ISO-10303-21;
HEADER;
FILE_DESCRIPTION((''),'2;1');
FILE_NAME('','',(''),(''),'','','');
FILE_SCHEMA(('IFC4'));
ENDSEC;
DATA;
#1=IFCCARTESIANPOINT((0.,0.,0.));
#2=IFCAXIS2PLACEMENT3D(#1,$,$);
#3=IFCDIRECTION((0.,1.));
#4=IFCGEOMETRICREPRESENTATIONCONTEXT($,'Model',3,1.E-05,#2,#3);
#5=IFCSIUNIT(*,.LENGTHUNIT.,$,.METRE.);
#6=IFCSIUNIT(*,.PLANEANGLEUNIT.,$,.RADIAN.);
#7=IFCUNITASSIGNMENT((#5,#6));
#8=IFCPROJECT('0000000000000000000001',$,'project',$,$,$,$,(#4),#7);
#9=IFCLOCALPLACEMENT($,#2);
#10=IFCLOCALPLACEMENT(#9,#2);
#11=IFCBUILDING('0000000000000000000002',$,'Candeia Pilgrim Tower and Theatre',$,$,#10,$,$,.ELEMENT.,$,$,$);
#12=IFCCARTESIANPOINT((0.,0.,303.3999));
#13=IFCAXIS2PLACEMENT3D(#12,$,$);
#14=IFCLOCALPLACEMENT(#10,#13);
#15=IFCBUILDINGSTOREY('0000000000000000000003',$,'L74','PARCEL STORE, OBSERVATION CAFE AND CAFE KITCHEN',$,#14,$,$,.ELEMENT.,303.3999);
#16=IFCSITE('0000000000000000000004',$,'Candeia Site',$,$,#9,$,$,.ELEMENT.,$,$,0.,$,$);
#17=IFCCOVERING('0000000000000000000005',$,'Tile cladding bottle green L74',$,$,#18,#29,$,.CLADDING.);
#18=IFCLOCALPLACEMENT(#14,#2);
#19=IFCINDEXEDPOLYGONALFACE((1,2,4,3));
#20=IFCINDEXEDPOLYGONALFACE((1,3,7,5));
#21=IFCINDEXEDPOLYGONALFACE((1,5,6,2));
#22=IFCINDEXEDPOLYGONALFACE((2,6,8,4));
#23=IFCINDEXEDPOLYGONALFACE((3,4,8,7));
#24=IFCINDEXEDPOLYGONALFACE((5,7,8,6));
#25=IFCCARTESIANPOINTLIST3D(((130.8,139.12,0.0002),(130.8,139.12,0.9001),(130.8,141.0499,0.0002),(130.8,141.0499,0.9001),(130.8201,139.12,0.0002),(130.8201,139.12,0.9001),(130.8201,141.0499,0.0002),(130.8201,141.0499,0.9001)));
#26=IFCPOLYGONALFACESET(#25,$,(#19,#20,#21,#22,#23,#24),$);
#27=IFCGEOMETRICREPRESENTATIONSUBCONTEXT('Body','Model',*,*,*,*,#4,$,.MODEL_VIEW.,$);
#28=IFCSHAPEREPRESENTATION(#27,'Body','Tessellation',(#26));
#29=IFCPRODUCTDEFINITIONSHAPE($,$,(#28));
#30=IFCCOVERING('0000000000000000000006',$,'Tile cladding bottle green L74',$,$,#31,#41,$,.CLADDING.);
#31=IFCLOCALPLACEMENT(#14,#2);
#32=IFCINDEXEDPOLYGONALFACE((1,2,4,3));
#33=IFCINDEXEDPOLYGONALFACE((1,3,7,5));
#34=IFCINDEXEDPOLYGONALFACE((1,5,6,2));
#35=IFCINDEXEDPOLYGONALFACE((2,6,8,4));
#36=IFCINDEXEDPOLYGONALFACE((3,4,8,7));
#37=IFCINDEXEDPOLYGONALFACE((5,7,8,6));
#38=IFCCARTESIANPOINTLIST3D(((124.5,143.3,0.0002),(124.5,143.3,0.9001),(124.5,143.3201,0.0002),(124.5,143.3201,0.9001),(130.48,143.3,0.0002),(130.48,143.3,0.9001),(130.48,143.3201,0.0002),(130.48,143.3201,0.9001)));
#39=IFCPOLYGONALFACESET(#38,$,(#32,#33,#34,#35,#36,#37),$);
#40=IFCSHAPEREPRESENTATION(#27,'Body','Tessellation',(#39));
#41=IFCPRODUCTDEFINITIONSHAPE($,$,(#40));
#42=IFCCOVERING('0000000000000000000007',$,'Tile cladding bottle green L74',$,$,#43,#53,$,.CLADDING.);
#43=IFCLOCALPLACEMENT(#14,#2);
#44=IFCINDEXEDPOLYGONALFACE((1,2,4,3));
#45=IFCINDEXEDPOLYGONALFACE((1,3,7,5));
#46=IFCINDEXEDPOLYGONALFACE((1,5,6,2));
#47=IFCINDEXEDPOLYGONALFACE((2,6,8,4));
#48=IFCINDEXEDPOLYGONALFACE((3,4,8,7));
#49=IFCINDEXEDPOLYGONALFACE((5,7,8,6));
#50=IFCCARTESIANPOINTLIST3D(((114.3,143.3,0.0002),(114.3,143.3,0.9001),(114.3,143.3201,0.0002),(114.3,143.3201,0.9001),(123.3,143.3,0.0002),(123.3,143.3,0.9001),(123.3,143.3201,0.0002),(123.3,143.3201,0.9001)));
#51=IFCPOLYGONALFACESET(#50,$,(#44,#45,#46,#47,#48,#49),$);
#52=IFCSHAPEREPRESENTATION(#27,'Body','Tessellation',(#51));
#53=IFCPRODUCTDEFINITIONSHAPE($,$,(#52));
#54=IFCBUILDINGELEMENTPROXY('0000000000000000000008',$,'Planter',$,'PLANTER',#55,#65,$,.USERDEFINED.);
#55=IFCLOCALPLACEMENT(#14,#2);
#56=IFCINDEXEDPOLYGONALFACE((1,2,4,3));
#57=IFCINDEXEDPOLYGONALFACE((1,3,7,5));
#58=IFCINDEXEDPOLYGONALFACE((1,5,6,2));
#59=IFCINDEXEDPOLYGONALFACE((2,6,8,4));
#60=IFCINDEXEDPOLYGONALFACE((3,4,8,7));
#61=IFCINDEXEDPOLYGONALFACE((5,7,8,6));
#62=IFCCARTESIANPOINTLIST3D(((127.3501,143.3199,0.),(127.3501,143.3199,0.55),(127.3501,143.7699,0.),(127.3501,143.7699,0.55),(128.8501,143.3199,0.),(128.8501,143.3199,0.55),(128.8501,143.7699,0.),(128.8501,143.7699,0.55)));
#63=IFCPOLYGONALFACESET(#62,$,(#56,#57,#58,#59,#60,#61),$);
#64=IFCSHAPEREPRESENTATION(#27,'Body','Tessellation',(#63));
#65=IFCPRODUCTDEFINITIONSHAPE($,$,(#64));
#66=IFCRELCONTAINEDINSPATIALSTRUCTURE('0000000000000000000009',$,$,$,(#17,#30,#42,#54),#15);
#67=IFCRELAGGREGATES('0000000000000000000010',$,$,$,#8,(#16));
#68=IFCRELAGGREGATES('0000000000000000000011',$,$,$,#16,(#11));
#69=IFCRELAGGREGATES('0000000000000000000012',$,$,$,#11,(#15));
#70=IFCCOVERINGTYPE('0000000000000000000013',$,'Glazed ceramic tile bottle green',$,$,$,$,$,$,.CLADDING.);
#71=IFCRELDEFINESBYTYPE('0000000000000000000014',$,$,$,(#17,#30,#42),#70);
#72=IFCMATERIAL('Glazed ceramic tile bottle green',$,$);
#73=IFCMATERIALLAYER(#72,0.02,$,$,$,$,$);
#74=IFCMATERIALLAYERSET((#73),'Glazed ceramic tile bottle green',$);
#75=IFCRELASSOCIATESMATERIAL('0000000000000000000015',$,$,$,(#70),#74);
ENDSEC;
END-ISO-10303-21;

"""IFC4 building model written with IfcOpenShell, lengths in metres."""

from ifc_helpers import new_model, si_unit, direction, frame, origin, origin_2d, place, context, subcontext, project, spatial, rectangle, extrude, material, layer, layer_set, type_object, element, save


model = new_model("IFC4")

# Units and contexts
model_context = context("Model", 3, precision=1e-05, world=origin(), true_north=direction((0.0, 1.0)))
body_context = subcontext(model_context, "Body", "Model", "MODEL_VIEW")
ifc_project = project(units=[si_unit("LENGTHUNIT", "METRE"), si_unit("PLANEANGLEUNIT", "RADIAN")], contexts=[model_context])

# Site, building, storey
site_placement = place(None, origin())
site = spatial("IfcSite", under=ifc_project, at=site_placement, Name="Candeia Site", CompositionType="ELEMENT", RefElevation=0.0)
building_placement = place(site_placement, origin())
building = spatial("IfcBuilding", under=site, at=building_placement, Name="Candeia Pilgrim Tower and Theatre", CompositionType="ELEMENT")
storey_placement = place(building_placement, frame((0.0, 0.0, 303.3999)))
storey = spatial("IfcBuildingStorey", under=building, at=storey_placement, Name="L74", Description="PARCEL STORE, OBSERVATION CAFE AND CAFE KITCHEN", CompositionType="ELEMENT", Elevation=303.3999)

# Coverings
ifc_material_1 = material(Name="Glazed ceramic tile bottle green")
ifc_layer_1 = layer(ifc_material_1, 0.02)
ifc_layer_set_1 = layer_set([ifc_layer_1], Name="Glazed ceramic tile bottle green")
covering_type = type_object("IfcCoveringType", Name="Glazed ceramic tile bottle green", PredefinedType="CLADDING", material=ifc_layer_set_1)
covering_1_placement = place(storey_placement, frame((130.8101, 140.085, 0.0002), z_axis=(0.0, 0.0, 1.0), x_axis=(0.0, 1.0, 0.0)))
element("IfcCovering", 1, at=covering_1_placement, inside=storey, type_object=covering_type, Name="Tile cladding bottle green L74", PredefinedType="CLADDING", context=body_context, shape_type="SweptSolid", body=[
    extrude(rectangle(XDim=1.9299, YDim=0.02, at=origin_2d()), origin(), (0.0, 0.0, 1.0), 0.8999),
])
covering_2_placement = place(storey_placement, frame((127.49, 143.3101, 0.0002), z_axis=(0.0, 0.0, 1.0), x_axis=(-1.0, 0.0, 0.0)))
element("IfcCovering", 2, at=covering_2_placement, inside=storey, type_object=covering_type, Name="Tile cladding bottle green L74", PredefinedType="CLADDING", context=body_context, shape_type="SweptSolid", body=[
    extrude(rectangle(XDim=5.98, YDim=0.02, at=origin_2d()), origin(), (0.0, 0.0, 1.0), 0.8999),
])
covering_3_placement = place(storey_placement, frame((118.8, 143.3101, 0.0002), z_axis=(0.0, 0.0, 1.0), x_axis=(-1.0, 0.0, 0.0)))
element("IfcCovering", 3, at=covering_3_placement, inside=storey, type_object=covering_type, Name="Tile cladding bottle green L74", PredefinedType="CLADDING", context=body_context, shape_type="SweptSolid", body=[
    extrude(rectangle(XDim=9.0, YDim=0.02, at=origin_2d()), origin(), (0.0, 0.0, 1.0), 0.8999),
])

# Building element proxy
proxy_placement = place(storey_placement, frame((128.1001, 143.5449, 0.0), z_axis=(0.0, 0.0, 1.0), x_axis=(-1.0, 0.0, 0.0)))
element("IfcBuildingElementProxy", 4, at=proxy_placement, inside=storey, Name="Planter", ObjectType="PLANTER", PredefinedType="USERDEFINED", context=body_context, shape_type="SweptSolid", body=[
    extrude(rectangle(XDim=1.5, YDim=0.45, at=origin_2d()), origin(), (0.0, 0.0, 1.0), 0.55),
])

save(model, "model.ifc")
